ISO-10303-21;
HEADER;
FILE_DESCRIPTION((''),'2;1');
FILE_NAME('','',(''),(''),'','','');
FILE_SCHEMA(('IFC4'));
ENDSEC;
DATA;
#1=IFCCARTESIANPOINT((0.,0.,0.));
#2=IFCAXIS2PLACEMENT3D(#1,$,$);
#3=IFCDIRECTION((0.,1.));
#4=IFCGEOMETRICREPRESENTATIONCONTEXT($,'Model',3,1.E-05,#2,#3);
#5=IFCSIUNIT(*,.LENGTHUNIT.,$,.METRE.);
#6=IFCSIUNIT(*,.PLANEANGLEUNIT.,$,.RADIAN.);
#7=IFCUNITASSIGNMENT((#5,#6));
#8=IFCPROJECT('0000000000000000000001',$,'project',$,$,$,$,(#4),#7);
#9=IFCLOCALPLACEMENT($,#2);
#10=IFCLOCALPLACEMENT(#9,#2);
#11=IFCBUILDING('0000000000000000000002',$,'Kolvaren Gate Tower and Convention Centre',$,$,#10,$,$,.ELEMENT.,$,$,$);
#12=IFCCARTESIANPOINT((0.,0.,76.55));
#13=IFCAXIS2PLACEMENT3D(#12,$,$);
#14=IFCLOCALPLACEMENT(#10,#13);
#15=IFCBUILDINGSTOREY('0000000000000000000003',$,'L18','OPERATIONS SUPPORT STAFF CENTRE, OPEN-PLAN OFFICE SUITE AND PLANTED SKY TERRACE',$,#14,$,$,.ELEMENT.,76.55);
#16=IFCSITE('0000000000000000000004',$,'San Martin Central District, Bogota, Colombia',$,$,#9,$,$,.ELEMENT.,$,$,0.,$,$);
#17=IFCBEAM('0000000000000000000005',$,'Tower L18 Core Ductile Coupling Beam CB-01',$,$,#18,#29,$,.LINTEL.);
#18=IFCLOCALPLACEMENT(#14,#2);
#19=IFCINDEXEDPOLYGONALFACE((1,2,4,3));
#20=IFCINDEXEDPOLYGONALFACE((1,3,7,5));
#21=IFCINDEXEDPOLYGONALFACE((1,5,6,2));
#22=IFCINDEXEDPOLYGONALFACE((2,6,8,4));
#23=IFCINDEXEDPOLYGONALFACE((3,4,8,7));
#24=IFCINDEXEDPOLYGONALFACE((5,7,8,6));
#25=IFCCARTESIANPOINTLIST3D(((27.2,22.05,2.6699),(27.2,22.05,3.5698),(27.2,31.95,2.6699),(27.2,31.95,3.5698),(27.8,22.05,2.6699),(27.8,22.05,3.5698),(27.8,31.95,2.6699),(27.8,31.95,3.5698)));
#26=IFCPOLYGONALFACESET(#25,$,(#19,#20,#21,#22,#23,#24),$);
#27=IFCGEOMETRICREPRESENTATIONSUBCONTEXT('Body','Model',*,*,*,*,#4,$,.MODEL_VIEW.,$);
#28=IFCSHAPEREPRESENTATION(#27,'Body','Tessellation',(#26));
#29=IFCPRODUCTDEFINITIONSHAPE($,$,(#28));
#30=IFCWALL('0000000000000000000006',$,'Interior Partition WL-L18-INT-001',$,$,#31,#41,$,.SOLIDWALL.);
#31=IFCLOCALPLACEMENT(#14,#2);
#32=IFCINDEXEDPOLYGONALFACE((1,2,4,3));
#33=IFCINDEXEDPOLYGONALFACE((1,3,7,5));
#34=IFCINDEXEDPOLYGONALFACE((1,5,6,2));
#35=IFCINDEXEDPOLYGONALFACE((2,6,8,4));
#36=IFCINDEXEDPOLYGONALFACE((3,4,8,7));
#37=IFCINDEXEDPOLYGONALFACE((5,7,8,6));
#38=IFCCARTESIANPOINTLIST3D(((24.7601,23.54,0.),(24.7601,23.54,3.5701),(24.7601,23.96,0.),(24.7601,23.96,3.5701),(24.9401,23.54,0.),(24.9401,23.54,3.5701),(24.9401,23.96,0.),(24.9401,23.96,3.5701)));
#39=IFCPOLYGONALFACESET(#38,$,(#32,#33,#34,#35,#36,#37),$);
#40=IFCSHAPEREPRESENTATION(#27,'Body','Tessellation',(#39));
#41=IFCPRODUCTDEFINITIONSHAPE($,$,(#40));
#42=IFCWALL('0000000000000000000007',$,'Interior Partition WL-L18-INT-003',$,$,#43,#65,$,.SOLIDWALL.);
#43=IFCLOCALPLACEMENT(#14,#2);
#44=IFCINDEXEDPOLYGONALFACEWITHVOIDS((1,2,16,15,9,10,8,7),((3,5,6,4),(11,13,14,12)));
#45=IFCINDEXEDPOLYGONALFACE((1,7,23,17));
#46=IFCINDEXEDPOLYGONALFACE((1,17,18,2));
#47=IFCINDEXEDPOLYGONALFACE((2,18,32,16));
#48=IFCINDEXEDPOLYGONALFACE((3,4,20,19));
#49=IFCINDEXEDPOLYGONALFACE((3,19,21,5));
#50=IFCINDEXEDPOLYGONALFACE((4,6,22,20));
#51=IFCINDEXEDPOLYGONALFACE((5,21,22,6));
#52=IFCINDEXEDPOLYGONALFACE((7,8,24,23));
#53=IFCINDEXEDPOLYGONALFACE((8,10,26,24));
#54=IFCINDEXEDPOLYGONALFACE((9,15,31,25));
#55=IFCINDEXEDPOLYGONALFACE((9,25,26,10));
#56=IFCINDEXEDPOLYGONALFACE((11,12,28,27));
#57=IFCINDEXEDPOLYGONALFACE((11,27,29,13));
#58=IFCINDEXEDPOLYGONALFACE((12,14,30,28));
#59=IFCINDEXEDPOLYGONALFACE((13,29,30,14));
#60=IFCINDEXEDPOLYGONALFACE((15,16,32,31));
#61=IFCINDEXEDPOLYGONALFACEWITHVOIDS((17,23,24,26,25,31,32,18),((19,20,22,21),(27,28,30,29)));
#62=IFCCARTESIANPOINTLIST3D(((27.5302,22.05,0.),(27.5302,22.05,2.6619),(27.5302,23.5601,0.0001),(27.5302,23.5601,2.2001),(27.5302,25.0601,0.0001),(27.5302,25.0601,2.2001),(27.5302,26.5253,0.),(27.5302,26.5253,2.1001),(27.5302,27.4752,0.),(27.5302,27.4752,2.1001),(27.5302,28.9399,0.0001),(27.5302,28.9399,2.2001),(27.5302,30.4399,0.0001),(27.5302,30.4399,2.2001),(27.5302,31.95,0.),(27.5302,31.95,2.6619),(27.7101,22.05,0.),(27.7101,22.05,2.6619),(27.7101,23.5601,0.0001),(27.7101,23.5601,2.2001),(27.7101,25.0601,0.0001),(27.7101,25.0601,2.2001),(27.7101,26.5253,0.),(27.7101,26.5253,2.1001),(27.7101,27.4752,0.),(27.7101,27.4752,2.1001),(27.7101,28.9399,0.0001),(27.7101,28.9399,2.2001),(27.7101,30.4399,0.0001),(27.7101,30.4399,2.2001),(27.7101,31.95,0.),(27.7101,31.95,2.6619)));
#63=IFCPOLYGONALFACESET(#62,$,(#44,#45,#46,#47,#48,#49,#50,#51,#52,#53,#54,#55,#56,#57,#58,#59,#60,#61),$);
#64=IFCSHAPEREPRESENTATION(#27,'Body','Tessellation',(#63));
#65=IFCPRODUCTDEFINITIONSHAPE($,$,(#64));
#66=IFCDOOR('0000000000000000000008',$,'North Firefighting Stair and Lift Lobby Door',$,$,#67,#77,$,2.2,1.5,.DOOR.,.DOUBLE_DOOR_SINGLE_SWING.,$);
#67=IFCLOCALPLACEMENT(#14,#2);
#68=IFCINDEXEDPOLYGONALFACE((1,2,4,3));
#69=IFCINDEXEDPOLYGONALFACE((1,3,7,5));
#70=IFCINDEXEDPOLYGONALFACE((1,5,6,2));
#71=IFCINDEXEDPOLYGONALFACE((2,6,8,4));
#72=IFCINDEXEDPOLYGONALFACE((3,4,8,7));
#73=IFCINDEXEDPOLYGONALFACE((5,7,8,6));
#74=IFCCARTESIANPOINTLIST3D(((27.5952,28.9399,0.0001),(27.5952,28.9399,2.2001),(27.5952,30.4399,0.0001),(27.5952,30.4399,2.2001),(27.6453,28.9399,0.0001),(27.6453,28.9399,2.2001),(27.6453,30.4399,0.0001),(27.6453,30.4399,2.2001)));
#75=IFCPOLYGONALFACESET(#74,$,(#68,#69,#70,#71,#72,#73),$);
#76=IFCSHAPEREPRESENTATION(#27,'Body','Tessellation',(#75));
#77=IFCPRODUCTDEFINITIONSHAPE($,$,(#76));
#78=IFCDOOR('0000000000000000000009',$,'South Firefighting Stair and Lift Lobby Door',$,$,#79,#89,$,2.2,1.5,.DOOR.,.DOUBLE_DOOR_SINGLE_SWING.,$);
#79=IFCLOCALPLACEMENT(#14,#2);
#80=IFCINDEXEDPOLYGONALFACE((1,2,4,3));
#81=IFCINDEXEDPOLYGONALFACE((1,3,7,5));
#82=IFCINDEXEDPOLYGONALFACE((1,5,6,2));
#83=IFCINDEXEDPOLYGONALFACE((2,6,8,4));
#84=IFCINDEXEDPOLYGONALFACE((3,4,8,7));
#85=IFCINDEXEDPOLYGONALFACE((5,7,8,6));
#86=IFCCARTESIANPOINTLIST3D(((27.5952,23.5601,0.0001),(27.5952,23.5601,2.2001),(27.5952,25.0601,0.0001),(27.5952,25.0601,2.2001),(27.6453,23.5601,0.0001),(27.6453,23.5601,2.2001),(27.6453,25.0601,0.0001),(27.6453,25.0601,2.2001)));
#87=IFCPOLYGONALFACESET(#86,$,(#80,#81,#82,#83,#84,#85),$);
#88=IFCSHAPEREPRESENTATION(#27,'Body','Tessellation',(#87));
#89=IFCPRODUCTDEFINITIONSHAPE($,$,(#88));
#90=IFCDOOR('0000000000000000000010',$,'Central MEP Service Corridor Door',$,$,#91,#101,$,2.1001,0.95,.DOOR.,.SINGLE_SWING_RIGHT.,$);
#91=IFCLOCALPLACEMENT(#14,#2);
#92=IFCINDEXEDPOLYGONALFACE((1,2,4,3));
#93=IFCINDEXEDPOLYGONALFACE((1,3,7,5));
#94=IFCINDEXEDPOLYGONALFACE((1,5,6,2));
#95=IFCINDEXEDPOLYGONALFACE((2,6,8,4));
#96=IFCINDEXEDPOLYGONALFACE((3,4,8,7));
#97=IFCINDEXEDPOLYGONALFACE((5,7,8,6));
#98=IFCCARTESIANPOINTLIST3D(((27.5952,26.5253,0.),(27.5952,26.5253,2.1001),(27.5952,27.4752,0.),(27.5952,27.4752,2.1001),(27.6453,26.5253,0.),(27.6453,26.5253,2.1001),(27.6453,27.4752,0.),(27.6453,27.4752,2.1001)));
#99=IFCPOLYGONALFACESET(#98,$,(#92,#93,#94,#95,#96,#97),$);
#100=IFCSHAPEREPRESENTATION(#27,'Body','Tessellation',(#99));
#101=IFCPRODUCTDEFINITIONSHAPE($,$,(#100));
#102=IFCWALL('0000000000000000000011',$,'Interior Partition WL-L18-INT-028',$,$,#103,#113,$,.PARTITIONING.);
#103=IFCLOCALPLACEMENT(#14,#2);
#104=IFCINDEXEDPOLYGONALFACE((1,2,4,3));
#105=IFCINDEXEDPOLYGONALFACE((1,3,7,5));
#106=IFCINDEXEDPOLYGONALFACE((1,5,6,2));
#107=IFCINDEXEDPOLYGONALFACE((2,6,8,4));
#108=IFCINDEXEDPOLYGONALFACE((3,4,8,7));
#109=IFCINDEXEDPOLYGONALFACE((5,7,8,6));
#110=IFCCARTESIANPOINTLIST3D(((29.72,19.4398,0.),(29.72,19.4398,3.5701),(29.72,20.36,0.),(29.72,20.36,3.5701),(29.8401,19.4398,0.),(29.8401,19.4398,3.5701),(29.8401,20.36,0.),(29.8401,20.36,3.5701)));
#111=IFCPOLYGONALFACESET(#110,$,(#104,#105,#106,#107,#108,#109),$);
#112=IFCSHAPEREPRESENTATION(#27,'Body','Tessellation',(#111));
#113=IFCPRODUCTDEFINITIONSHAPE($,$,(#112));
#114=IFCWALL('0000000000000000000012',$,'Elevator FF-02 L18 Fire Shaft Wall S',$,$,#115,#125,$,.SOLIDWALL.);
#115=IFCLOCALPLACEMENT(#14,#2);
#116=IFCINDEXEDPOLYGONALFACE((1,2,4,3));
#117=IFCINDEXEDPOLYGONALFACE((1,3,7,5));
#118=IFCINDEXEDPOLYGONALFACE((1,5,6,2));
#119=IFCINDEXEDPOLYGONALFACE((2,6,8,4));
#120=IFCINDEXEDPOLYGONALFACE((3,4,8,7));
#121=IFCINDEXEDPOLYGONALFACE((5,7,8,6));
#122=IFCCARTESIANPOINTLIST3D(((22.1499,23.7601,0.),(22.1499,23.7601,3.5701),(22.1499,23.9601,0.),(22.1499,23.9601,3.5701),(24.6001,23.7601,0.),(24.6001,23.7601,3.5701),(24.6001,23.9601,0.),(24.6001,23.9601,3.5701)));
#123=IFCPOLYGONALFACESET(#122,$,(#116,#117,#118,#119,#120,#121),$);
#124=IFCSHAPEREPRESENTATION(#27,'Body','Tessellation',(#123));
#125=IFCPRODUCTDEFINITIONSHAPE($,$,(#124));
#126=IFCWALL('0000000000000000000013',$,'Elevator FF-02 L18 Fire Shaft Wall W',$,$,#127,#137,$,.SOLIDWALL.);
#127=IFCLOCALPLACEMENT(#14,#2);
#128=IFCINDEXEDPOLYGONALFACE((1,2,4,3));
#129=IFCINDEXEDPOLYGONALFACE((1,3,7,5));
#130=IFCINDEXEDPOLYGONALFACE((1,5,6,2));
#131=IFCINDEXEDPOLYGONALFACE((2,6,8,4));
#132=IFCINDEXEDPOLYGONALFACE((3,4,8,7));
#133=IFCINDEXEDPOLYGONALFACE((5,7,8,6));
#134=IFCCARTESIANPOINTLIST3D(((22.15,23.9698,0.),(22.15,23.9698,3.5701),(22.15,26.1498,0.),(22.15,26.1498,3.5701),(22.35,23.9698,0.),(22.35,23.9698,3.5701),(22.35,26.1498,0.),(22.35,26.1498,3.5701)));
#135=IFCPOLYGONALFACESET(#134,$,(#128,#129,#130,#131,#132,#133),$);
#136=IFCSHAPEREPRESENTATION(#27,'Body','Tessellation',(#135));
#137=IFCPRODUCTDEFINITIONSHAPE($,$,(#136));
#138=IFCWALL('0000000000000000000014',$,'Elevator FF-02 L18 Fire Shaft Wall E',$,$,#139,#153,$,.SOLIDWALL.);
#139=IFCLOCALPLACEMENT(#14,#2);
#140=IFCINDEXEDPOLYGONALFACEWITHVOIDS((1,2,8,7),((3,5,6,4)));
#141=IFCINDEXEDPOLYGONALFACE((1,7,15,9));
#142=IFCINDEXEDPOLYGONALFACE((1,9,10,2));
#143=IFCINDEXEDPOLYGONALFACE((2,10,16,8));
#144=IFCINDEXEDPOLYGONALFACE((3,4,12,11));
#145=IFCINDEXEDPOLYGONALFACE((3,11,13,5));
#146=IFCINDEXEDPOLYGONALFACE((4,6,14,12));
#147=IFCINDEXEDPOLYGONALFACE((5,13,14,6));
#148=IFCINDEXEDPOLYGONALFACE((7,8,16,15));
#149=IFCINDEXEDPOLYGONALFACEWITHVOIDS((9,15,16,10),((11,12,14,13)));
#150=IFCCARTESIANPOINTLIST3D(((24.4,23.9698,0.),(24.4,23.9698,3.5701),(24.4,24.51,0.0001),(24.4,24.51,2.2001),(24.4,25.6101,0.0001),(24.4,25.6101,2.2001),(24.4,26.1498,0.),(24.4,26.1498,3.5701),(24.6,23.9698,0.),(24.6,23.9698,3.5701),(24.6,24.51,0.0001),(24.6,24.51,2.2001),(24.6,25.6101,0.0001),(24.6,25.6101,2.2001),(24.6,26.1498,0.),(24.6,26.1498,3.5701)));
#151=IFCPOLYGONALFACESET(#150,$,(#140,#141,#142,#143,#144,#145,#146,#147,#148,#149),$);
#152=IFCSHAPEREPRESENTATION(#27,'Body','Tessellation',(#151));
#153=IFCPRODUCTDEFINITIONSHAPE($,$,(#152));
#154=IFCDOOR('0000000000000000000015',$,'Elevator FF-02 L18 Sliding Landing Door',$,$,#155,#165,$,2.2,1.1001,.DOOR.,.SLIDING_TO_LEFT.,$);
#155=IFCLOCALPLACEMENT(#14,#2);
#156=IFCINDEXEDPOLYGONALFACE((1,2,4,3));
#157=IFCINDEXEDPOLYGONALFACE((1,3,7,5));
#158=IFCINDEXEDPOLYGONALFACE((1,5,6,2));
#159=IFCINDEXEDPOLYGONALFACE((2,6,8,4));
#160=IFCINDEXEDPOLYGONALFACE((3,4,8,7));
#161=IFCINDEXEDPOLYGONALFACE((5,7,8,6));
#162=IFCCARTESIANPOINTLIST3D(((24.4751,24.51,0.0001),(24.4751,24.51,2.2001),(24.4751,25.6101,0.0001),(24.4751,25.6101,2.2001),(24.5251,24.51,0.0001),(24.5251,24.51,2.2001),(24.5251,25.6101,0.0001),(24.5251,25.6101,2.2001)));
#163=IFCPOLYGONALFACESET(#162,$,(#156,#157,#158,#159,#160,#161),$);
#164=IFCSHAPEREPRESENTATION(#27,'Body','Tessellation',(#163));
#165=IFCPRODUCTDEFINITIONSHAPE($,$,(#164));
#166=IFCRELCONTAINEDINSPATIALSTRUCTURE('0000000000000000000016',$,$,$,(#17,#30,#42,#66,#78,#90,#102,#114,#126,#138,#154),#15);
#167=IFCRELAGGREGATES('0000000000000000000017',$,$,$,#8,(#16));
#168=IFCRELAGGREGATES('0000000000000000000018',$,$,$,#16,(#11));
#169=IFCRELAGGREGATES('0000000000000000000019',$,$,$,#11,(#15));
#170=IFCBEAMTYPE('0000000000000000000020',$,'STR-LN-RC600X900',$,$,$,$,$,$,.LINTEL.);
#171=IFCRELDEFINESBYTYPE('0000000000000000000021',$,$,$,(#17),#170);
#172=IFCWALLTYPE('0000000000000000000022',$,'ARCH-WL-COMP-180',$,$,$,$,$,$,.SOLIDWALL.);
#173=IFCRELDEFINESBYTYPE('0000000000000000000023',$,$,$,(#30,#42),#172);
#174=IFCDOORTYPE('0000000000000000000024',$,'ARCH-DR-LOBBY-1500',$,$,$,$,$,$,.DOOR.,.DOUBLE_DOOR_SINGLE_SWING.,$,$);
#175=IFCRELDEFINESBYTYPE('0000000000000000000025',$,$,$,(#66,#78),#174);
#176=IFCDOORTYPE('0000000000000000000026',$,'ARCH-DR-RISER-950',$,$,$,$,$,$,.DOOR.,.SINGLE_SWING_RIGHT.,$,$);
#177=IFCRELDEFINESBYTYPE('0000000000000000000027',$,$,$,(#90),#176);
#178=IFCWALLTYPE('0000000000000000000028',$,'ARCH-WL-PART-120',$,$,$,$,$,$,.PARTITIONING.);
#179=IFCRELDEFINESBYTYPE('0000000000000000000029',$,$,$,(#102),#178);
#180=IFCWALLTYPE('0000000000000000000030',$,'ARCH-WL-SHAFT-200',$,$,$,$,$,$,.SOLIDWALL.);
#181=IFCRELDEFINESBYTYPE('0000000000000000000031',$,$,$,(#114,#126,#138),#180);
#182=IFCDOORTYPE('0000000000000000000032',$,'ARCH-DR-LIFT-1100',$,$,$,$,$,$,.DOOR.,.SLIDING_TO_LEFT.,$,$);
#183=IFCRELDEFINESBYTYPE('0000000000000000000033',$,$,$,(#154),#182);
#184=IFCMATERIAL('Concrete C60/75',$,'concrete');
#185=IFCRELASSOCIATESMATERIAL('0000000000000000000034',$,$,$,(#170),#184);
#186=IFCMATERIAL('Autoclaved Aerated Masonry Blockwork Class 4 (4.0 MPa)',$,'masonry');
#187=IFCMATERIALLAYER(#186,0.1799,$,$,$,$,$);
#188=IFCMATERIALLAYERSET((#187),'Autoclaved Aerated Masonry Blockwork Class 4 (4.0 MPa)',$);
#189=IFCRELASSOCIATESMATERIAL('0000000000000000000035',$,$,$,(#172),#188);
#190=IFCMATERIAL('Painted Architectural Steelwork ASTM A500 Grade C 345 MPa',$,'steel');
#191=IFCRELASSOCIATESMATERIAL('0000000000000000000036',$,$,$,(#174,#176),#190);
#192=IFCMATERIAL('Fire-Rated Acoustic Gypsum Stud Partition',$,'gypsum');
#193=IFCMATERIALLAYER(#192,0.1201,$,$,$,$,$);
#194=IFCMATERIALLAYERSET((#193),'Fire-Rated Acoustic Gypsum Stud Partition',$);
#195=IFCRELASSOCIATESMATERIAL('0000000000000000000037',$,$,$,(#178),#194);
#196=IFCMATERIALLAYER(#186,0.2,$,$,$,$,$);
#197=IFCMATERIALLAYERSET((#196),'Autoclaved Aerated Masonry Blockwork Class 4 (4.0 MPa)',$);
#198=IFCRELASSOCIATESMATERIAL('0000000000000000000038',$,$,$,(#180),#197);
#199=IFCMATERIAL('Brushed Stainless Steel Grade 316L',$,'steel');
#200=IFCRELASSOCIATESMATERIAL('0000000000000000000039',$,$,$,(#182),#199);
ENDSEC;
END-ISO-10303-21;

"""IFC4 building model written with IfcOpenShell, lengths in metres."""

from ifc_helpers import new_model, si_unit, direction, frame, frame_2d, origin, origin_2d, place, context, subcontext, project, spatial, rectangle, extrude, material, layer, layer_set, material_profile, profile_set, type_object, element, fill, save


model = new_model("IFC4")

# Units and contexts
model_context = context("Model", 3, precision=1e-05, world=origin(), true_north=direction((0.0, 1.0)))
body_context = subcontext(model_context, "Body", "Model", "MODEL_VIEW")
ifc_project = project(units=[si_unit("LENGTHUNIT", "METRE"), si_unit("PLANEANGLEUNIT", "RADIAN")], contexts=[model_context])

# Site, building, storey
site_placement = place(None, origin())
site = spatial("IfcSite", under=ifc_project, at=site_placement, Name="San Martin Central District, Bogota, Colombia", CompositionType="ELEMENT", RefElevation=0.0)
building_placement = place(site_placement, origin())
building = spatial("IfcBuilding", under=site, at=building_placement, Name="Kolvaren Gate Tower and Convention Centre", CompositionType="ELEMENT")
storey_placement = place(building_placement, frame((0.0, 0.0, 76.55)))
storey = spatial("IfcBuildingStorey", under=building, at=storey_placement, Name="L18", Description="OPERATIONS SUPPORT STAFF CENTRE, OPEN-PLAN OFFICE SUITE AND PLANTED SKY TERRACE", CompositionType="ELEMENT", Elevation=76.55)

# Beam
ifc_material_1 = material(Name="Concrete C60/75", Category="concrete")
ifc_material_profile = material_profile(ifc_material_1, rectangle(XDim=0.6001, YDim=0.8999, at=origin_2d()), Name="RC-BM-600X900")
ifc_profile_set = profile_set([ifc_material_profile], Name="Concrete C60/75")
beam_type = type_object("IfcBeamType", Name="STR-LN-RC600X900", PredefinedType="LINTEL", material=ifc_profile_set)
beam_placement = place(storey_placement, frame((27.5, 22.05, 3.1199), z_axis=(0.0, 1.0, 0.0), x_axis=(-1.0, 0.0, 0.0)))
element("IfcBeam", 1, at=beam_placement, inside=storey, type_object=beam_type, Name="Tower L18 Core Ductile Coupling Beam CB-01", PredefinedType="LINTEL", context=body_context, shape_type="SweptSolid", body=[
    extrude(rectangle(XDim=0.6001, YDim=0.8999, at=origin_2d()), origin(), (0.0, 0.0, 1.0), 9.8999),
])

# Wall
ifc_material_2 = material(Name="Autoclaved Aerated Masonry Blockwork Class 4 (4.0 MPa)", Category="masonry")
ifc_layer_1 = layer(ifc_material_2, 0.1799)
ifc_layer_set_1 = layer_set([ifc_layer_1], Name="Autoclaved Aerated Masonry Blockwork Class 4 (4.0 MPa)")
wall_type_1 = type_object("IfcWallType", Name="ARCH-WL-COMP-180", PredefinedType="SOLIDWALL", material=ifc_layer_set_1)
wall_1_placement = place(storey_placement, frame((24.8501, 23.54, 0.0), z_axis=(0.0, 0.0, 1.0), x_axis=(0.0, 1.0, 0.0)))
element("IfcWall", 2, at=wall_1_placement, inside=storey, type_object=wall_type_1, Name="Interior Partition WL-L18-INT-001", PredefinedType="SOLIDWALL", context=body_context, shape_type="SweptSolid", body=[
    extrude(rectangle(XDim=0.4199, YDim=0.1799, at=frame_2d((0.21, 0.0))), origin(), (0.0, 0.0, 1.0), 3.5701),
])

# Wall, openings, doors
wall_2_placement = place(storey_placement, frame((27.6201, 22.05, 0.0), z_axis=(0.0, 0.0, 1.0), x_axis=(0.0, 1.0, 0.0)))
wall_2 = element("IfcWall", 3, at=wall_2_placement, inside=storey, type_object=wall_type_1, Name="Interior Partition WL-L18-INT-003", PredefinedType="SOLIDWALL", context=body_context, shape_type="SweptSolid", body=[
    extrude(rectangle(XDim=9.8999, YDim=0.1799, at=frame_2d((4.95, 0.0))), origin(), (0.0, 0.0, 1.0), 2.6619),
])
opening_1_placement = place(wall_2_placement, frame((4.4751, 0.0, 0.0)))
opening_1 = element("IfcOpeningElement", 4, at=opening_1_placement, cuts=wall_2, PredefinedType="OPENING", context=body_context, shape_type="SweptSolid", body=[
    extrude(rectangle(XDim=0.95, YDim=2.1001, at=frame_2d((0.4751, 1.05))), frame((0.0, 0.0999, 0.0), z_axis=(0.0, -1.0, 0.0), x_axis=(1.0, 0.0, 0.0)), (0.0, 0.0, 1.0), 0.2),
])
opening_2_placement = place(wall_2_placement, frame((6.8899, 0.0, 0.0)))
opening_2 = element("IfcOpeningElement", 5, at=opening_2_placement, cuts=wall_2, PredefinedType="OPENING", context=body_context, shape_type="SweptSolid", body=[
    extrude(rectangle(XDim=1.5, YDim=2.2, at=frame_2d((0.75, 1.1001))), frame((0.0, 0.0999, 0.0), z_axis=(0.0, -1.0, 0.0), x_axis=(1.0, 0.0, 0.0)), (0.0, 0.0, 1.0), 0.2),
])
opening_3_placement = place(wall_2_placement, frame((1.51, 0.0, 0.0)))
opening_3 = element("IfcOpeningElement", 6, at=opening_3_placement, cuts=wall_2, PredefinedType="OPENING", context=body_context, shape_type="SweptSolid", body=[
    extrude(rectangle(XDim=1.5, YDim=2.2, at=frame_2d((0.75, 1.1001))), frame((0.0, 0.0999, 0.0), z_axis=(0.0, -1.0, 0.0), x_axis=(1.0, 0.0, 0.0)), (0.0, 0.0, 1.0), 0.2),
])
ifc_material_3 = material(Name="Painted Architectural Steelwork ASTM A500 Grade C 345 MPa", Category="steel")
door_type_1 = type_object("IfcDoorType", Name="ARCH-DR-LOBBY-1500", OperationType="DOUBLE_DOOR_SINGLE_SWING", PredefinedType="DOOR", material=ifc_material_3)
door_1_placement = place(opening_2_placement, origin())
door_1 = element("IfcDoor", 7, at=door_1_placement, inside=storey, type_object=door_type_1, Name="North Firefighting Stair and Lift Lobby Door", OperationType="DOUBLE_DOOR_SINGLE_SWING", OverallHeight=2.2, OverallWidth=1.5, PredefinedType="DOOR", context=body_context, shape_type="SweptSolid", body=[
    extrude(rectangle(XDim=1.5, YDim=2.2, at=frame_2d((0.75, 1.1001))), frame((0.0, 0.0249, 0.0), z_axis=(0.0, -1.0, 0.0), x_axis=(1.0, 0.0, 0.0)), (0.0, 0.0, 1.0), 0.05),
])
fill(opening_2, door_1)
door_2_placement = place(opening_3_placement, origin())
door_2 = element("IfcDoor", 8, at=door_2_placement, inside=storey, type_object=door_type_1, Name="South Firefighting Stair and Lift Lobby Door", OperationType="DOUBLE_DOOR_SINGLE_SWING", OverallHeight=2.2, OverallWidth=1.5, PredefinedType="DOOR", context=body_context, shape_type="SweptSolid", body=[
    extrude(rectangle(XDim=1.5, YDim=2.2, at=frame_2d((0.75, 1.1001))), frame((0.0, 0.0249, 0.0), z_axis=(0.0, -1.0, 0.0), x_axis=(1.0, 0.0, 0.0)), (0.0, 0.0, 1.0), 0.05),
])
fill(opening_3, door_2)
door_type_2 = type_object("IfcDoorType", Name="ARCH-DR-RISER-950", OperationType="SINGLE_SWING_RIGHT", PredefinedType="DOOR", material=ifc_material_3)
door_3_placement = place(opening_1_placement, origin())
door_3 = element("IfcDoor", 9, at=door_3_placement, inside=storey, type_object=door_type_2, Name="Central MEP Service Corridor Door", OperationType="SINGLE_SWING_RIGHT", OverallHeight=2.1001, OverallWidth=0.95, PredefinedType="DOOR", context=body_context, shape_type="SweptSolid", body=[
    extrude(rectangle(XDim=0.95, YDim=2.1001, at=frame_2d((0.4751, 1.05))), frame((0.0, 0.0249, 0.0), z_axis=(0.0, -1.0, 0.0), x_axis=(1.0, 0.0, 0.0)), (0.0, 0.0, 1.0), 0.05),
])
fill(opening_1, door_3)

# Walls
ifc_material_4 = material(Name="Fire-Rated Acoustic Gypsum Stud Partition", Category="gypsum")
ifc_layer_2 = layer(ifc_material_4, 0.1201)
ifc_layer_set_2 = layer_set([ifc_layer_2], Name="Fire-Rated Acoustic Gypsum Stud Partition")
wall_type_2 = type_object("IfcWallType", Name="ARCH-WL-PART-120", PredefinedType="PARTITIONING", material=ifc_layer_set_2)
wall_3_placement = place(storey_placement, frame((29.78, 19.4399, 0.0), z_axis=(0.0, 0.0, 1.0), x_axis=(0.0, 1.0, 0.0)))
element("IfcWall", 10, at=wall_3_placement, inside=storey, type_object=wall_type_2, Name="Interior Partition WL-L18-INT-028", PredefinedType="PARTITIONING", context=body_context, shape_type="SweptSolid", body=[
    extrude(rectangle(XDim=0.9202, YDim=0.1201, at=frame_2d((0.46, 0.0))), origin(), (0.0, 0.0, 1.0), 3.5701),
])
ifc_layer_3 = layer(ifc_material_2, 0.2)
ifc_layer_set_3 = layer_set([ifc_layer_3], Name="Autoclaved Aerated Masonry Blockwork Class 4 (4.0 MPa)")
wall_type_3 = type_object("IfcWallType", Name="ARCH-WL-SHAFT-200", PredefinedType="SOLIDWALL", material=ifc_layer_set_3)
wall_4_placement = place(storey_placement, frame((22.1499, 23.8601, 0.0), z_axis=(0.0, 0.0, 1.0), x_axis=(1.0, 0.0, 0.0)))
element("IfcWall", 11, at=wall_4_placement, inside=storey, type_object=wall_type_3, Name="Elevator FF-02 L18 Fire Shaft Wall S", PredefinedType="SOLIDWALL", context=body_context, shape_type="SweptSolid", body=[
    extrude(rectangle(XDim=2.4502, YDim=0.2, at=frame_2d((1.2251, 0.0))), origin(), (0.0, 0.0, 1.0), 3.5701),
])
wall_5_placement = place(storey_placement, frame((22.25, 23.97, 0.0), z_axis=(0.0, 0.0, 1.0), x_axis=(0.0, 1.0, 0.0)))
element("IfcWall", 12, at=wall_5_placement, inside=storey, type_object=wall_type_3, Name="Elevator FF-02 L18 Fire Shaft Wall W", PredefinedType="SOLIDWALL", context=body_context, shape_type="SweptSolid", body=[
    extrude(rectangle(XDim=2.1799, YDim=0.2, at=frame_2d((1.0898, 0.0))), origin(), (0.0, 0.0, 1.0), 3.5701),
])

# Wall, opening, door
wall_6_placement = place(storey_placement, frame((24.5, 23.97, 0.0), z_axis=(0.0, 0.0, 1.0), x_axis=(0.0, 1.0, 0.0)))
wall_6 = element("IfcWall", 13, at=wall_6_placement, inside=storey, type_object=wall_type_3, Name="Elevator FF-02 L18 Fire Shaft Wall E", PredefinedType="SOLIDWALL", context=body_context, shape_type="SweptSolid", body=[
    extrude(rectangle(XDim=2.1799, YDim=0.2, at=frame_2d((1.0898, 0.0))), origin(), (0.0, 0.0, 1.0), 3.5701),
])
opening_4_placement = place(wall_6_placement, frame((0.54, 0.0, 0.0)))
opening_4 = element("IfcOpeningElement", 14, at=opening_4_placement, cuts=wall_6, PredefinedType="OPENING", context=body_context, shape_type="SweptSolid", body=[
    extrude(rectangle(XDim=1.1001, YDim=2.2, at=frame_2d((0.55, 1.1001))), frame((0.0, 0.1099, 0.0), z_axis=(0.0, -1.0, 0.0), x_axis=(1.0, 0.0, 0.0)), (0.0, 0.0, 1.0), 0.22),
])
ifc_material_5 = material(Name="Brushed Stainless Steel Grade 316L", Category="steel")
door_type_3 = type_object("IfcDoorType", Name="ARCH-DR-LIFT-1100", OperationType="SLIDING_TO_LEFT", PredefinedType="DOOR", material=ifc_material_5)
door_4_placement = place(opening_4_placement, origin())
door_4 = element("IfcDoor", 15, at=door_4_placement, inside=storey, type_object=door_type_3, Name="Elevator FF-02 L18 Sliding Landing Door", OperationType="SLIDING_TO_LEFT", OverallHeight=2.2, OverallWidth=1.1001, PredefinedType="DOOR", context=body_context, shape_type="SweptSolid", body=[
    extrude(rectangle(XDim=1.1001, YDim=2.2, at=frame_2d((0.55, 1.1001))), frame((0.0, 0.0249, 0.0), z_axis=(0.0, -1.0, 0.0), x_axis=(1.0, 0.0, 0.0)), (0.0, 0.0, 1.0), 0.05),
])
fill(opening_4, door_4)

save(model, "model.ifc")
